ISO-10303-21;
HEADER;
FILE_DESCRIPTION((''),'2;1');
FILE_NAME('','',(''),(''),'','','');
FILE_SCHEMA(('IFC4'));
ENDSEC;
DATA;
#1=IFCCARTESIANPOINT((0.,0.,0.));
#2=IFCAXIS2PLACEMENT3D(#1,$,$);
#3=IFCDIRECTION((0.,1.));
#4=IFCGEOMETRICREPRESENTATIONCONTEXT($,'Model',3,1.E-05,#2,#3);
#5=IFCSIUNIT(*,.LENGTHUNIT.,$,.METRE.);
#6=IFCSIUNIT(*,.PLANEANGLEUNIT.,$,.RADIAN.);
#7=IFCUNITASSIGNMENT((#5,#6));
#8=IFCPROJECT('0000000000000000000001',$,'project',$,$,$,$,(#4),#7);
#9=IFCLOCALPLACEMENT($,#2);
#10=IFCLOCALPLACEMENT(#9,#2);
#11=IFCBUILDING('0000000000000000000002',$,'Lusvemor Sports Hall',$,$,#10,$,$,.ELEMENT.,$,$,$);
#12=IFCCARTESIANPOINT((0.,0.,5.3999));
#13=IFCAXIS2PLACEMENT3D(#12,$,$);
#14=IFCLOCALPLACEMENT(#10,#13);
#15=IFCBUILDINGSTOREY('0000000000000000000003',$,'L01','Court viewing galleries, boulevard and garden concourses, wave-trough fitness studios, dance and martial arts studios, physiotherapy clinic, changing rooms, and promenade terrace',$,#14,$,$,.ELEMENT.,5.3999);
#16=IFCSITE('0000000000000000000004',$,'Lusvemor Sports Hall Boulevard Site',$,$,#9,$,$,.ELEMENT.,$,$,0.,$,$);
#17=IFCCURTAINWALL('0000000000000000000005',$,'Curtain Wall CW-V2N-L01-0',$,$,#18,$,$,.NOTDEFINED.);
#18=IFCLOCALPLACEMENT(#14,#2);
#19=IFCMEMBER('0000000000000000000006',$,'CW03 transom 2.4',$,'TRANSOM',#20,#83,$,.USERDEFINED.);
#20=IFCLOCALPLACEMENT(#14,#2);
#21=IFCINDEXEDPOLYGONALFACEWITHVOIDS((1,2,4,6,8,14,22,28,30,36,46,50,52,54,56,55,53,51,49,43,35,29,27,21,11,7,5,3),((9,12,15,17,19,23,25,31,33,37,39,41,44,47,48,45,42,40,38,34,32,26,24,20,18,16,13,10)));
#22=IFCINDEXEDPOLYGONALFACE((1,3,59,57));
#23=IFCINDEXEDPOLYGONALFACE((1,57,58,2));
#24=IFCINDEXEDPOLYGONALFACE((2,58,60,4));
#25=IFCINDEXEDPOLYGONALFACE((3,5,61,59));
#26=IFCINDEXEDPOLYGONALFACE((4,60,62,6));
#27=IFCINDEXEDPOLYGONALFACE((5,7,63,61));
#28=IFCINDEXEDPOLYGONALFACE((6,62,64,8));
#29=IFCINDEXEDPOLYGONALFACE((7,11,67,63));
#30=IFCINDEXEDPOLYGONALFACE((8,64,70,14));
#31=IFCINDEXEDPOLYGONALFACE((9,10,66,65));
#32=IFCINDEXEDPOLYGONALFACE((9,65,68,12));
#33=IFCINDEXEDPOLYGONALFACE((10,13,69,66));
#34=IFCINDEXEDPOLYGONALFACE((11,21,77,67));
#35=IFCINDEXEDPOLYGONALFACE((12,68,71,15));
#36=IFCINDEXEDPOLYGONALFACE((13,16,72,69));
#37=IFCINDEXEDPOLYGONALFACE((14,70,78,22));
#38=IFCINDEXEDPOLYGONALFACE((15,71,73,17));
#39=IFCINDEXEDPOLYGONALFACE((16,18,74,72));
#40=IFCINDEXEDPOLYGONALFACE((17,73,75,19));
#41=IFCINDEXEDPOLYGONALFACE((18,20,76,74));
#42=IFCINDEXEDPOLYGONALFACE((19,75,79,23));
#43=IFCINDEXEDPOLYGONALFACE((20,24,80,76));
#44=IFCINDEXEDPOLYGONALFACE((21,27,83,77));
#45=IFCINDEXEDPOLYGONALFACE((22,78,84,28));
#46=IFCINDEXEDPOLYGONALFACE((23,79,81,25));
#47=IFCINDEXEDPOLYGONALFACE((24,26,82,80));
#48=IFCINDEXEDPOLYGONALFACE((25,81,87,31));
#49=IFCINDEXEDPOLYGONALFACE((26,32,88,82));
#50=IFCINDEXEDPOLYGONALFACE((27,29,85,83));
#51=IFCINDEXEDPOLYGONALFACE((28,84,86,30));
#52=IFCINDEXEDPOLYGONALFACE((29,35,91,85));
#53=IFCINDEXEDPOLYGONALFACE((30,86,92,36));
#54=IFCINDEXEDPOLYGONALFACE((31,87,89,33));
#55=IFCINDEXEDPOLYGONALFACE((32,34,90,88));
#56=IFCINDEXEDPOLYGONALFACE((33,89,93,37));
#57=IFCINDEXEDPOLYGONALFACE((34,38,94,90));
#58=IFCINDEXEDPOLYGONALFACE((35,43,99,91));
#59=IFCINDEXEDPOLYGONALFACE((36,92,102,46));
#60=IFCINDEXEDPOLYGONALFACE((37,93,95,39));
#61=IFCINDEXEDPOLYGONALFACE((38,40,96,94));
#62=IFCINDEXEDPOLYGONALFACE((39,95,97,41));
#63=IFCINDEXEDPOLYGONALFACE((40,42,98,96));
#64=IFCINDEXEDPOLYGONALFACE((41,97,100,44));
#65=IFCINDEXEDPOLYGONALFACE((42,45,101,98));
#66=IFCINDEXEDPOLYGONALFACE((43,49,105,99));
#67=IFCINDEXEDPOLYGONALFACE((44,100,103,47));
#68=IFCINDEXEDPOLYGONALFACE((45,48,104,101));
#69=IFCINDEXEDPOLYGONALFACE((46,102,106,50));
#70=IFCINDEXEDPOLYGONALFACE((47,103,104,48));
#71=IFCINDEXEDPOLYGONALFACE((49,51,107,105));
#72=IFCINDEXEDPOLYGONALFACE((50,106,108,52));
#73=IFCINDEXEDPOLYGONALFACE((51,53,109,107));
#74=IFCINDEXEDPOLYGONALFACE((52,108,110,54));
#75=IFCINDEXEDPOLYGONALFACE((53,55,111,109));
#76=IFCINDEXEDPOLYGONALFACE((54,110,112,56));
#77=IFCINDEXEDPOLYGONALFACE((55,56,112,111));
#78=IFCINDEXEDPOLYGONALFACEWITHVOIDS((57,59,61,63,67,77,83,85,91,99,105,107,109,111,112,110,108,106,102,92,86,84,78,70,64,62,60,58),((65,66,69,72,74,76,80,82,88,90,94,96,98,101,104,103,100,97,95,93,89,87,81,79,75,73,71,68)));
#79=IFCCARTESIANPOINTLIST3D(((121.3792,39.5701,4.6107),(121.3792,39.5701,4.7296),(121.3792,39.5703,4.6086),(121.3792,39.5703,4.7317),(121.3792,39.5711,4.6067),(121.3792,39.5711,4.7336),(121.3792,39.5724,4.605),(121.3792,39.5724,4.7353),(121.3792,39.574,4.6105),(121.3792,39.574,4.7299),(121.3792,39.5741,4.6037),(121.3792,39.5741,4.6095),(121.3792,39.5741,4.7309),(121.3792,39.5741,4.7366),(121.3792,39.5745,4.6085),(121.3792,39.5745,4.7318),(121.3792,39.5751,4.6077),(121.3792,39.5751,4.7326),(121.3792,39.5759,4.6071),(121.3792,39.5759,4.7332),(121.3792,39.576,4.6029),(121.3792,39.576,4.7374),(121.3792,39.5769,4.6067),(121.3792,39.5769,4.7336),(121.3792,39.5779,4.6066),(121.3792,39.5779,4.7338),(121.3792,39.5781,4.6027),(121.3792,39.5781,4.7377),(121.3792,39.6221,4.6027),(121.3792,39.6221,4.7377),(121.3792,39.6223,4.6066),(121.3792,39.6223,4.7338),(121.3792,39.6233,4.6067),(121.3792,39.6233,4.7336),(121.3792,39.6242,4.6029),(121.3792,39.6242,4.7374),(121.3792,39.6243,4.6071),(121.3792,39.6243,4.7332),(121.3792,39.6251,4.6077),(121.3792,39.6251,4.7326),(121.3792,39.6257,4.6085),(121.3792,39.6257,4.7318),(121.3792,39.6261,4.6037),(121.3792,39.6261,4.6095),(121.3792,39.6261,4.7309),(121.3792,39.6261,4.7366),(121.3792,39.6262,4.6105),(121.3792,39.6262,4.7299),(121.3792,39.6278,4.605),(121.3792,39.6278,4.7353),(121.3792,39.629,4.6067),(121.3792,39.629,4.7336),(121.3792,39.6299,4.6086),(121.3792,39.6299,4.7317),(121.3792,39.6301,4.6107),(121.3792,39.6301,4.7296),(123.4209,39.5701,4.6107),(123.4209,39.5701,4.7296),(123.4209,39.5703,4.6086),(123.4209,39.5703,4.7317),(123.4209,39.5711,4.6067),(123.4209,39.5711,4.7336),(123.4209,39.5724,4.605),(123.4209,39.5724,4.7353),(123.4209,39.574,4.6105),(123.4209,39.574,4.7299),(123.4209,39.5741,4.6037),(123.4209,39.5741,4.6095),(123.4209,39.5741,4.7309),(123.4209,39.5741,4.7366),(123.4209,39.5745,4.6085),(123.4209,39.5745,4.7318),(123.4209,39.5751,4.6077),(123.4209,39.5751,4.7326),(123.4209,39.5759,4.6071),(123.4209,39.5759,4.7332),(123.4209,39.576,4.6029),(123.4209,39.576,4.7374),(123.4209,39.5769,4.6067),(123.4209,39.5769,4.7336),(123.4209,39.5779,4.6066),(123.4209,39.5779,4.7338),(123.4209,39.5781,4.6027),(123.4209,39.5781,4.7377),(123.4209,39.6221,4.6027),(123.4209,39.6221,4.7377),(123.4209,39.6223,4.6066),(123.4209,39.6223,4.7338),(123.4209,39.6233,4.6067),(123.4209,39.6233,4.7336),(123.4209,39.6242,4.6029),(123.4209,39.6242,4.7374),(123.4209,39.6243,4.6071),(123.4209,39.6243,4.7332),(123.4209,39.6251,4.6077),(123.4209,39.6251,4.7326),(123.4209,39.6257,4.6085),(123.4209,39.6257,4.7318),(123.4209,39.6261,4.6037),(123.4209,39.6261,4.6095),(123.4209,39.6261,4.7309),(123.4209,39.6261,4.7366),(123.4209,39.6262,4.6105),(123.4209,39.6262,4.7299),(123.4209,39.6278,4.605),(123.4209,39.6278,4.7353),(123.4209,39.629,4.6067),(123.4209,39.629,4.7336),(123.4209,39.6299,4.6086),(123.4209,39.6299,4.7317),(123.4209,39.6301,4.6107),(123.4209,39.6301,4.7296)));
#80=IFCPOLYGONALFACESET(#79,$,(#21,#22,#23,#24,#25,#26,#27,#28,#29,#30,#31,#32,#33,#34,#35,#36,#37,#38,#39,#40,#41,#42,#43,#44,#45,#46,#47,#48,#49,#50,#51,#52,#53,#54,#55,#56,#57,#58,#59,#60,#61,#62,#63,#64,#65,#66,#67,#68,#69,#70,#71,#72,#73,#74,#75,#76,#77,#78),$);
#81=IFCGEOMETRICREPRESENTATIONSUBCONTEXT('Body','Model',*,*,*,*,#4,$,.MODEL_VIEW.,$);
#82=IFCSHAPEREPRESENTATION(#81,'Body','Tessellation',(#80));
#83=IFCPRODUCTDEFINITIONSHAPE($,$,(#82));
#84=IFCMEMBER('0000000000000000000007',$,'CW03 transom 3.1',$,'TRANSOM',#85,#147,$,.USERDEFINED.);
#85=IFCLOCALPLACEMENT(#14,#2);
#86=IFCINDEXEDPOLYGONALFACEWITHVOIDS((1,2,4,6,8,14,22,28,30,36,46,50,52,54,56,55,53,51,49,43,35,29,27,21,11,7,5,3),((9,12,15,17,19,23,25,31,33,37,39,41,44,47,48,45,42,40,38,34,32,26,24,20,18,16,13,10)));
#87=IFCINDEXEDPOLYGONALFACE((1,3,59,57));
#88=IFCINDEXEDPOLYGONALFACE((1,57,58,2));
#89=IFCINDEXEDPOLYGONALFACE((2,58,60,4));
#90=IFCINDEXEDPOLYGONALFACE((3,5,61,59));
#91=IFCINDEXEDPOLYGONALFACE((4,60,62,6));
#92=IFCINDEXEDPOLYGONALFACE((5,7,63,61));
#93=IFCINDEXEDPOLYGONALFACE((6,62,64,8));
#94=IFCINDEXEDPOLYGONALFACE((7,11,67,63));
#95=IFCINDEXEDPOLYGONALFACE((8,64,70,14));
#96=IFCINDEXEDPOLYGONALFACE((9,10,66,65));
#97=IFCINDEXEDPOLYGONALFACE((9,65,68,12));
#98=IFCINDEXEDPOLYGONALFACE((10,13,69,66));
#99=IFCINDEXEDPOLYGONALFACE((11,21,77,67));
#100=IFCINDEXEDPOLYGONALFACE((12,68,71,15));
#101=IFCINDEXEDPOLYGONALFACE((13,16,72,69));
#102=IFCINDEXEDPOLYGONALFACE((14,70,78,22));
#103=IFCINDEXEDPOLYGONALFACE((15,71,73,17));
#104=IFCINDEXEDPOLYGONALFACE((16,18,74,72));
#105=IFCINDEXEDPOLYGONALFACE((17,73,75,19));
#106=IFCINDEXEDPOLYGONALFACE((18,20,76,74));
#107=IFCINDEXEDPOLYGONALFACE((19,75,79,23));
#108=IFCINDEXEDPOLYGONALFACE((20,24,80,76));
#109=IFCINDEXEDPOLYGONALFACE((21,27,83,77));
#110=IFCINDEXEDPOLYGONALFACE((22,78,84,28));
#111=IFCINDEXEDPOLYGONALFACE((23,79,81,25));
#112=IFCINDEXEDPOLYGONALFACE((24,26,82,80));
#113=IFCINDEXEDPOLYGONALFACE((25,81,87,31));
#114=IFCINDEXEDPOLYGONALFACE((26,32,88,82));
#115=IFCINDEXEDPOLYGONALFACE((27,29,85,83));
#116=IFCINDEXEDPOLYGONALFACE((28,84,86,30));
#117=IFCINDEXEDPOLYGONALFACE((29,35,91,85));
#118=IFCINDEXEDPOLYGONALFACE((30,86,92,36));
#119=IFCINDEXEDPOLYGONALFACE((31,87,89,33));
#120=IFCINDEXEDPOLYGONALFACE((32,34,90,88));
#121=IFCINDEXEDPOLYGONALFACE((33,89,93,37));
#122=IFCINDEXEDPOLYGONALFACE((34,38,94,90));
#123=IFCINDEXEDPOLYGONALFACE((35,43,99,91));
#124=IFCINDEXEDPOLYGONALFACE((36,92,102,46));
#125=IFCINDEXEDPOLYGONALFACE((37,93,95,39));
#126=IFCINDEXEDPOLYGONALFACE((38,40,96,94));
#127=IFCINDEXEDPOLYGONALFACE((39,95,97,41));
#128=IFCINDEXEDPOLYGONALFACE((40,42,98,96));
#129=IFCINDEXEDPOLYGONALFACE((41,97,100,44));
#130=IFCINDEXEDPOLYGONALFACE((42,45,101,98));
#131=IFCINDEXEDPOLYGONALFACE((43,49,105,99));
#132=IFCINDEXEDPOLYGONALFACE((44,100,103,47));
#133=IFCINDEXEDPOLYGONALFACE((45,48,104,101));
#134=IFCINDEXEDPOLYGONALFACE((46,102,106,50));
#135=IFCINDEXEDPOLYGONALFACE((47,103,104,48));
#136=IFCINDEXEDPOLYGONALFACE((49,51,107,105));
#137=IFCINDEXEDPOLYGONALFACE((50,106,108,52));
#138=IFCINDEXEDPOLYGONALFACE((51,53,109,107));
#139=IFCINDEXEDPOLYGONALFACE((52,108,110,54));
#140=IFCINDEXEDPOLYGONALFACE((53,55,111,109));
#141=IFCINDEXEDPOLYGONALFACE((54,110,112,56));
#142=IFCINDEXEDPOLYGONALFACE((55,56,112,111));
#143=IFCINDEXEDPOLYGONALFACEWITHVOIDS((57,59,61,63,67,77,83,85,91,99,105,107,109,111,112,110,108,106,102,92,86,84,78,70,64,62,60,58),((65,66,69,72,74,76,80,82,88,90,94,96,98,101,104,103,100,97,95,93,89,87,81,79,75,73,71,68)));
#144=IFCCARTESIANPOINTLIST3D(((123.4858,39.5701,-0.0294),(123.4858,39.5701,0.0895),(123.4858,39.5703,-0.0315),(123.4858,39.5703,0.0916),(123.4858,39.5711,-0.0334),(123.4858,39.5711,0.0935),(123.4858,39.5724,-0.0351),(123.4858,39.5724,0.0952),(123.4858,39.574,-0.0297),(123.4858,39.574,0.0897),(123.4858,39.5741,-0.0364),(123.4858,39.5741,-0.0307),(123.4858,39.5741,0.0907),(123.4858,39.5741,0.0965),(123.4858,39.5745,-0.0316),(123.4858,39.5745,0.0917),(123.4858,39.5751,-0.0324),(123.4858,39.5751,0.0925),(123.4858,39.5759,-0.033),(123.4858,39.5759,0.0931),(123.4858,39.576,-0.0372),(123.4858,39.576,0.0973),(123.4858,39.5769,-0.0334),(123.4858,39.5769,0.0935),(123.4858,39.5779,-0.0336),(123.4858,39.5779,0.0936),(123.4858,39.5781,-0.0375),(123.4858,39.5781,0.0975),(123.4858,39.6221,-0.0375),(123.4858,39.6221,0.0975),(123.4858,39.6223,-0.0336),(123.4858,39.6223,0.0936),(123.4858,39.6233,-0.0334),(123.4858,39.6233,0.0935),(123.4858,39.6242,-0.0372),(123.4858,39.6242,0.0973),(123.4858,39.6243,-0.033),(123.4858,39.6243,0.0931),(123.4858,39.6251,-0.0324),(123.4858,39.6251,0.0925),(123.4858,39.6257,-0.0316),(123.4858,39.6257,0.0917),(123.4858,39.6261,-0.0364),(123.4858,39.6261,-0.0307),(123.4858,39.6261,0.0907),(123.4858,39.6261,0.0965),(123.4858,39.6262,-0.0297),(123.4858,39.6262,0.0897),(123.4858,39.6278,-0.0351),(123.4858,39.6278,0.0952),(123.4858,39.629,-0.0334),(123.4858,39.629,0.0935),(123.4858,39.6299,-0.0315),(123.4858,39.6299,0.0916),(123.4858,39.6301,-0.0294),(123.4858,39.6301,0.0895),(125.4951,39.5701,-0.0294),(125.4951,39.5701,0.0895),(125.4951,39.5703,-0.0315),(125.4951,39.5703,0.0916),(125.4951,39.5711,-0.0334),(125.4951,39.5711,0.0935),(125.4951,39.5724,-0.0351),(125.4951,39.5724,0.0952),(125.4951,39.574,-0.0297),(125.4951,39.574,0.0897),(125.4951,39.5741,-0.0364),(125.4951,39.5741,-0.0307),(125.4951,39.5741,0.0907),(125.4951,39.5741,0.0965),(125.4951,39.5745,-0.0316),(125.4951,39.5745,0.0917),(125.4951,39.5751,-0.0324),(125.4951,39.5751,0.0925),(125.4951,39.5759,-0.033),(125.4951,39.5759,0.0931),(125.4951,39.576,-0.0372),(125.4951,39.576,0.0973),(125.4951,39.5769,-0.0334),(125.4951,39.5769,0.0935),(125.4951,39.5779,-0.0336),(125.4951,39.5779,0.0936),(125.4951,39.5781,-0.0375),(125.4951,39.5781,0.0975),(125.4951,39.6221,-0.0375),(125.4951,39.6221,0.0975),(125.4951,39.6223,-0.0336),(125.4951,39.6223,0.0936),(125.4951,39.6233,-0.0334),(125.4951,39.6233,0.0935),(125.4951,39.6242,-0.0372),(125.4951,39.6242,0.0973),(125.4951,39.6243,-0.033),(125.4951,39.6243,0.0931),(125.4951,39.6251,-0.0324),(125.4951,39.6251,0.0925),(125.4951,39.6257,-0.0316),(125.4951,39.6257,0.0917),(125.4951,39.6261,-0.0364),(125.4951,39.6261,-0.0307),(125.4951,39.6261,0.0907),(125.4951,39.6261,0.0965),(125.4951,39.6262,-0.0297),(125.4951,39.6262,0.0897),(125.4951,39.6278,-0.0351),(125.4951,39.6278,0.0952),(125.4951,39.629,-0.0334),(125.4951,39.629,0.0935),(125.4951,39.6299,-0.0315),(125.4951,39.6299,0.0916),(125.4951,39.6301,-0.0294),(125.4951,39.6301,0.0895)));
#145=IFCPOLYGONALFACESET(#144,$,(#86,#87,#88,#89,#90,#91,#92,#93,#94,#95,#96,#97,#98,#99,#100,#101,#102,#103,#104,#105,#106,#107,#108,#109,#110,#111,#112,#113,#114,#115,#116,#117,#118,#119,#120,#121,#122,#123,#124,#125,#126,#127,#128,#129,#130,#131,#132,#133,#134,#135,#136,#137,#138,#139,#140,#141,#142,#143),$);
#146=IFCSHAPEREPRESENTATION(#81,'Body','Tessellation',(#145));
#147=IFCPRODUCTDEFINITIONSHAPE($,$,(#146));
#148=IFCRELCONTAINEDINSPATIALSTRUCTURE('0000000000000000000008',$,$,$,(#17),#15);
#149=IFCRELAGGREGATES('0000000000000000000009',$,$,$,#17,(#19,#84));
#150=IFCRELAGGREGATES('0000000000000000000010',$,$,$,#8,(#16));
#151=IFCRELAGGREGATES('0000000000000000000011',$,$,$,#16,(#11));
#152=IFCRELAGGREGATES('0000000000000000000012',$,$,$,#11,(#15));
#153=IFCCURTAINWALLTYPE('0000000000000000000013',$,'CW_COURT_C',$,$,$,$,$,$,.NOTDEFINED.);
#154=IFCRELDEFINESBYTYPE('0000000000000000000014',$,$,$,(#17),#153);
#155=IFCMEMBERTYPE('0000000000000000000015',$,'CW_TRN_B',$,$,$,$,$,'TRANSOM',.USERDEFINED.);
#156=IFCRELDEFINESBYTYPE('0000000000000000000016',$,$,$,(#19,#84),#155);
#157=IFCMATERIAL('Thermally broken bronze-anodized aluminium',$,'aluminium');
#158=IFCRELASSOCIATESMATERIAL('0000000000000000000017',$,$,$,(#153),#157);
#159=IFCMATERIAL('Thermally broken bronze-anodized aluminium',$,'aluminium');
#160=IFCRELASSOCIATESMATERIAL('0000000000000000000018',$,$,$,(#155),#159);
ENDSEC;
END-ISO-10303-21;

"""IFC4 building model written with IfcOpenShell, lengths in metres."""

from ifc_helpers import new_model, si_unit, direction, frame, origin, origin_2d, place, context, subcontext, project, spatial, hollow_rectangle, extrude, material, material_profile, profile_set, type_object, element, aggregate, save


model = new_model("IFC4")

# Units and contexts
model_context = context("Model", 3, precision=1e-05, world=origin(), true_north=direction((0.0, 1.0)))
body_context = subcontext(model_context, "Body", "Model", "MODEL_VIEW")
ifc_project = project(units=[si_unit("LENGTHUNIT", "METRE"), si_unit("PLANEANGLEUNIT", "RADIAN")], contexts=[model_context])

# Site, building, storey
site_placement = place(None, origin())
site = spatial("IfcSite", under=ifc_project, at=site_placement, Name="Lusvemor Sports Hall Boulevard Site", CompositionType="ELEMENT", RefElevation=0.0)
building_placement = place(site_placement, origin())
building = spatial("IfcBuilding", under=site, at=building_placement, Name="Lusvemor Sports Hall", CompositionType="ELEMENT")
storey_placement = place(building_placement, frame((0.0, 0.0, 5.3999)))
storey = spatial("IfcBuildingStorey", under=building, at=storey_placement, Name="L01", Description="Court viewing galleries, boulevard and garden concourses, wave-trough fitness studios, dance and martial arts studios, physiotherapy clinic, changing rooms, and promenade terrace", CompositionType="ELEMENT", Elevation=5.3999)

# Curtain wall
ifc_material_1 = material(Name="Thermally broken bronze-anodized aluminium", Category="aluminium")
curtain_wall_type = type_object("IfcCurtainWallType", Name="CW_COURT_C", PredefinedType="NOTDEFINED", material=ifc_material_1)
curtain_wall_1_placement = place(storey_placement, origin())
curtain_wall_1 = element("IfcCurtainWall", 1, at=curtain_wall_1_placement, inside=storey, type_object=curtain_wall_type, Name="Curtain Wall CW-V2N-L01-0", PredefinedType="NOTDEFINED")

# Members
ifc_material_2 = material(Name="Thermally broken bronze-anodized aluminium", Category="aluminium")
ifc_material_profile_1 = material_profile(ifc_material_2, hollow_rectangle(XDim=0.0601, YDim=0.135, WallThickness=0.0039, InnerFilletRadius=0.0039, OuterFilletRadius=0.0081, at=origin_2d()), Name="CWTRN135x60x4")
ifc_profile_set_1 = profile_set([ifc_material_profile_1], Name="Thermally broken bronze-anodized aluminium")
member_type_1 = type_object("IfcMemberType", Name="CW_TRN_B", ElementType="TRANSOM", PredefinedType="USERDEFINED", material=ifc_profile_set_1)
member_1_placement = place(storey_placement, frame((121.3792, 39.6001, 4.6702), z_axis=(1.0, 0.0, 0.0), x_axis=(0.0, 1.0, 0.0)))
member_1 = element("IfcMember", 2, at=member_1_placement, type_object=member_type_1, Name="CW03 transom 2.4", ObjectType="TRANSOM", PredefinedType="USERDEFINED", context=body_context, shape_type="SweptSolid", body=[
    extrude(hollow_rectangle(XDim=0.0601, YDim=0.135, WallThickness=0.0039, InnerFilletRadius=0.0039, OuterFilletRadius=0.0081, at=origin_2d()), origin(), (0.0, 0.0, 1.0), 2.0417),
])
member_2_placement = place(storey_placement, frame((123.4858, 39.6001, 0.03), z_axis=(1.0, 0.0, 0.0), x_axis=(0.0, 1.0, 0.0)))
member_2 = element("IfcMember", 3, at=member_2_placement, type_object=member_type_1, Name="CW03 transom 3.1", ObjectType="TRANSOM", PredefinedType="USERDEFINED", context=body_context, shape_type="SweptSolid", body=[
    extrude(hollow_rectangle(XDim=0.0601, YDim=0.135, WallThickness=0.0039, InnerFilletRadius=0.0039, OuterFilletRadius=0.0081, at=origin_2d()), origin(), (0.0, 0.0, 1.0), 2.0093),
])

aggregate(curtain_wall_1, [member_1, member_2])

save(model, "model.ifc")
